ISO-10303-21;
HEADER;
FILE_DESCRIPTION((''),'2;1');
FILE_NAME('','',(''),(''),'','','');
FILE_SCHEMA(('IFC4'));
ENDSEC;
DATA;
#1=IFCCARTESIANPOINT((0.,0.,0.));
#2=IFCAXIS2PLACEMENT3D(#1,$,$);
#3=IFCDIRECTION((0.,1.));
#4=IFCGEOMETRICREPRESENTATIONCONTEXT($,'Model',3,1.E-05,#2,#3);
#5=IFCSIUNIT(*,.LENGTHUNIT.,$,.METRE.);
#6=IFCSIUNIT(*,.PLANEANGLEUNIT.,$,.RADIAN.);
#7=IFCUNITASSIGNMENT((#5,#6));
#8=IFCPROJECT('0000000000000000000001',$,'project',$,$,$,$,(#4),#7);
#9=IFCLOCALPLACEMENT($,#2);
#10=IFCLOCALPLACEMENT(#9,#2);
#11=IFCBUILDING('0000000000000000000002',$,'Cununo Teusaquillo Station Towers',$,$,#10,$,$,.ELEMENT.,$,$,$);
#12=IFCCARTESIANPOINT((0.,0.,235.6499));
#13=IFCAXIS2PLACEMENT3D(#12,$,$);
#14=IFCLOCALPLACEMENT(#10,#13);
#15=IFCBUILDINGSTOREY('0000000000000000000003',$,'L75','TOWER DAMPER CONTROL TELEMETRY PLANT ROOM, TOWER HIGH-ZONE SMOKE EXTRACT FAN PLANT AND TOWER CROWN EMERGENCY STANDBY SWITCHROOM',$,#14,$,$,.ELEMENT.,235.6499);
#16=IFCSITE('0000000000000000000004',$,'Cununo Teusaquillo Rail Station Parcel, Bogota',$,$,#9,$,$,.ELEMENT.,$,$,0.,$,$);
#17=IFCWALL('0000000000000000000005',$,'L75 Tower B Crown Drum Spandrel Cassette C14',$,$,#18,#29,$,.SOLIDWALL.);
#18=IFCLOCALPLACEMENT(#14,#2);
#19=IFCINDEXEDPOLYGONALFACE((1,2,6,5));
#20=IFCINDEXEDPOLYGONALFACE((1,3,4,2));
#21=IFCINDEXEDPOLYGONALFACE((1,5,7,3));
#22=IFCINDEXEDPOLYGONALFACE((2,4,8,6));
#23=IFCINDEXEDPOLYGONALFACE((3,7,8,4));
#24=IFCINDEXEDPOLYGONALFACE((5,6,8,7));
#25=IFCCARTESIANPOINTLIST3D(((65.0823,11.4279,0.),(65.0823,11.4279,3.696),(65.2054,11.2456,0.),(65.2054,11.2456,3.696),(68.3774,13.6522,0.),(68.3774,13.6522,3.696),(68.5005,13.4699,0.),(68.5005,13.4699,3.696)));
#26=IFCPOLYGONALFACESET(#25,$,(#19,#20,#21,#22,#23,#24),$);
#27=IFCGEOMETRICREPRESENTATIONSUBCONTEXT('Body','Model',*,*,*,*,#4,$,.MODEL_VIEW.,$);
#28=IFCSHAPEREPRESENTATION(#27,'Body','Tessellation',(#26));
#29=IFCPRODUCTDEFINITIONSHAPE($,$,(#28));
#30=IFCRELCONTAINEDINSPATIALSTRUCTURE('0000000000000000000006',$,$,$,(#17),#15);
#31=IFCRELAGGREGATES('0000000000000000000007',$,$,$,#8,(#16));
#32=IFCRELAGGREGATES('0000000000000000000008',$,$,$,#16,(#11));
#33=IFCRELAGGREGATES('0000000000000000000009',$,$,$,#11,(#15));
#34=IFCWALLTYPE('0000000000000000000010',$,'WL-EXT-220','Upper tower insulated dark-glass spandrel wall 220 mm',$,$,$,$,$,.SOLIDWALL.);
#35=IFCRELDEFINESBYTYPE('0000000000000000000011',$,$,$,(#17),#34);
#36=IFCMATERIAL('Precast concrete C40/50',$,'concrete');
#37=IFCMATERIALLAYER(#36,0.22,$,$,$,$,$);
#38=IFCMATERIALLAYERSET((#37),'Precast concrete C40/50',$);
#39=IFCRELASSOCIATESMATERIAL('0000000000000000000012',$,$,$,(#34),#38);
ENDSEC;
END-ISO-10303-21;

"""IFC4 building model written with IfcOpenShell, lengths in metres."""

from ifc_helpers import new_model, si_unit, direction, frame, frame_2d, origin, place, context, subcontext, project, spatial, rectangle, extrude, material, layer, layer_set, type_object, element, save


model = new_model("IFC4")

# Units and contexts
model_context = context("Model", 3, precision=1e-05, world=origin(), true_north=direction((0.0, 1.0)))
body_context = subcontext(model_context, "Body", "Model", "MODEL_VIEW")
ifc_project = project(units=[si_unit("LENGTHUNIT", "METRE"), si_unit("PLANEANGLEUNIT", "RADIAN")], contexts=[model_context])

# Site, building, storey
site_placement = place(None, origin())
site = spatial("IfcSite", under=ifc_project, at=site_placement, Name="Cununo Teusaquillo Rail Station Parcel, Bogota", CompositionType="ELEMENT", RefElevation=0.0)
building_placement = place(site_placement, origin())
building = spatial("IfcBuilding", under=site, at=building_placement, Name="Cununo Teusaquillo Station Towers", CompositionType="ELEMENT")
storey_placement = place(building_placement, frame((0.0, 0.0, 235.6499)))
storey = spatial("IfcBuildingStorey", under=building, at=storey_placement, Name="L75", Description="TOWER DAMPER CONTROL TELEMETRY PLANT ROOM, TOWER HIGH-ZONE SMOKE EXTRACT FAN PLANT AND TOWER CROWN EMERGENCY STANDBY SWITCHROOM", CompositionType="ELEMENT", Elevation=235.6499)

# Wall
ifc_material_1 = material(Name="Precast concrete C40/50", Category="concrete")
ifc_layer_1 = layer(ifc_material_1, 0.22)
ifc_layer_set_1 = layer_set([ifc_layer_1], Name="Precast concrete C40/50")
wall_type = type_object("IfcWallType", Name="WL-EXT-220", Description="Upper tower insulated dark-glass spandrel wall 220 mm", PredefinedType="SOLIDWALL", material=ifc_layer_set_1)
wall_1_placement = place(storey_placement, frame((68.439, 13.561, 0.0), z_axis=(0.0, 0.0, 1.0), x_axis=(-0.828834, -0.559495, 0.0)))
element("IfcWall", 1, at=wall_1_placement, inside=storey, type_object=wall_type, Name="L75 Tower B Crown Drum Spandrel Cassette C14", PredefinedType="SOLIDWALL", context=body_context, shape_type="SweptSolid", body=[
    extrude(rectangle(XDim=3.9756, YDim=0.22, at=frame_2d((1.9878, 0.0))), origin(), (0.0, 0.0, 1.0), 3.696),
])

save(model, "model.ifc")
